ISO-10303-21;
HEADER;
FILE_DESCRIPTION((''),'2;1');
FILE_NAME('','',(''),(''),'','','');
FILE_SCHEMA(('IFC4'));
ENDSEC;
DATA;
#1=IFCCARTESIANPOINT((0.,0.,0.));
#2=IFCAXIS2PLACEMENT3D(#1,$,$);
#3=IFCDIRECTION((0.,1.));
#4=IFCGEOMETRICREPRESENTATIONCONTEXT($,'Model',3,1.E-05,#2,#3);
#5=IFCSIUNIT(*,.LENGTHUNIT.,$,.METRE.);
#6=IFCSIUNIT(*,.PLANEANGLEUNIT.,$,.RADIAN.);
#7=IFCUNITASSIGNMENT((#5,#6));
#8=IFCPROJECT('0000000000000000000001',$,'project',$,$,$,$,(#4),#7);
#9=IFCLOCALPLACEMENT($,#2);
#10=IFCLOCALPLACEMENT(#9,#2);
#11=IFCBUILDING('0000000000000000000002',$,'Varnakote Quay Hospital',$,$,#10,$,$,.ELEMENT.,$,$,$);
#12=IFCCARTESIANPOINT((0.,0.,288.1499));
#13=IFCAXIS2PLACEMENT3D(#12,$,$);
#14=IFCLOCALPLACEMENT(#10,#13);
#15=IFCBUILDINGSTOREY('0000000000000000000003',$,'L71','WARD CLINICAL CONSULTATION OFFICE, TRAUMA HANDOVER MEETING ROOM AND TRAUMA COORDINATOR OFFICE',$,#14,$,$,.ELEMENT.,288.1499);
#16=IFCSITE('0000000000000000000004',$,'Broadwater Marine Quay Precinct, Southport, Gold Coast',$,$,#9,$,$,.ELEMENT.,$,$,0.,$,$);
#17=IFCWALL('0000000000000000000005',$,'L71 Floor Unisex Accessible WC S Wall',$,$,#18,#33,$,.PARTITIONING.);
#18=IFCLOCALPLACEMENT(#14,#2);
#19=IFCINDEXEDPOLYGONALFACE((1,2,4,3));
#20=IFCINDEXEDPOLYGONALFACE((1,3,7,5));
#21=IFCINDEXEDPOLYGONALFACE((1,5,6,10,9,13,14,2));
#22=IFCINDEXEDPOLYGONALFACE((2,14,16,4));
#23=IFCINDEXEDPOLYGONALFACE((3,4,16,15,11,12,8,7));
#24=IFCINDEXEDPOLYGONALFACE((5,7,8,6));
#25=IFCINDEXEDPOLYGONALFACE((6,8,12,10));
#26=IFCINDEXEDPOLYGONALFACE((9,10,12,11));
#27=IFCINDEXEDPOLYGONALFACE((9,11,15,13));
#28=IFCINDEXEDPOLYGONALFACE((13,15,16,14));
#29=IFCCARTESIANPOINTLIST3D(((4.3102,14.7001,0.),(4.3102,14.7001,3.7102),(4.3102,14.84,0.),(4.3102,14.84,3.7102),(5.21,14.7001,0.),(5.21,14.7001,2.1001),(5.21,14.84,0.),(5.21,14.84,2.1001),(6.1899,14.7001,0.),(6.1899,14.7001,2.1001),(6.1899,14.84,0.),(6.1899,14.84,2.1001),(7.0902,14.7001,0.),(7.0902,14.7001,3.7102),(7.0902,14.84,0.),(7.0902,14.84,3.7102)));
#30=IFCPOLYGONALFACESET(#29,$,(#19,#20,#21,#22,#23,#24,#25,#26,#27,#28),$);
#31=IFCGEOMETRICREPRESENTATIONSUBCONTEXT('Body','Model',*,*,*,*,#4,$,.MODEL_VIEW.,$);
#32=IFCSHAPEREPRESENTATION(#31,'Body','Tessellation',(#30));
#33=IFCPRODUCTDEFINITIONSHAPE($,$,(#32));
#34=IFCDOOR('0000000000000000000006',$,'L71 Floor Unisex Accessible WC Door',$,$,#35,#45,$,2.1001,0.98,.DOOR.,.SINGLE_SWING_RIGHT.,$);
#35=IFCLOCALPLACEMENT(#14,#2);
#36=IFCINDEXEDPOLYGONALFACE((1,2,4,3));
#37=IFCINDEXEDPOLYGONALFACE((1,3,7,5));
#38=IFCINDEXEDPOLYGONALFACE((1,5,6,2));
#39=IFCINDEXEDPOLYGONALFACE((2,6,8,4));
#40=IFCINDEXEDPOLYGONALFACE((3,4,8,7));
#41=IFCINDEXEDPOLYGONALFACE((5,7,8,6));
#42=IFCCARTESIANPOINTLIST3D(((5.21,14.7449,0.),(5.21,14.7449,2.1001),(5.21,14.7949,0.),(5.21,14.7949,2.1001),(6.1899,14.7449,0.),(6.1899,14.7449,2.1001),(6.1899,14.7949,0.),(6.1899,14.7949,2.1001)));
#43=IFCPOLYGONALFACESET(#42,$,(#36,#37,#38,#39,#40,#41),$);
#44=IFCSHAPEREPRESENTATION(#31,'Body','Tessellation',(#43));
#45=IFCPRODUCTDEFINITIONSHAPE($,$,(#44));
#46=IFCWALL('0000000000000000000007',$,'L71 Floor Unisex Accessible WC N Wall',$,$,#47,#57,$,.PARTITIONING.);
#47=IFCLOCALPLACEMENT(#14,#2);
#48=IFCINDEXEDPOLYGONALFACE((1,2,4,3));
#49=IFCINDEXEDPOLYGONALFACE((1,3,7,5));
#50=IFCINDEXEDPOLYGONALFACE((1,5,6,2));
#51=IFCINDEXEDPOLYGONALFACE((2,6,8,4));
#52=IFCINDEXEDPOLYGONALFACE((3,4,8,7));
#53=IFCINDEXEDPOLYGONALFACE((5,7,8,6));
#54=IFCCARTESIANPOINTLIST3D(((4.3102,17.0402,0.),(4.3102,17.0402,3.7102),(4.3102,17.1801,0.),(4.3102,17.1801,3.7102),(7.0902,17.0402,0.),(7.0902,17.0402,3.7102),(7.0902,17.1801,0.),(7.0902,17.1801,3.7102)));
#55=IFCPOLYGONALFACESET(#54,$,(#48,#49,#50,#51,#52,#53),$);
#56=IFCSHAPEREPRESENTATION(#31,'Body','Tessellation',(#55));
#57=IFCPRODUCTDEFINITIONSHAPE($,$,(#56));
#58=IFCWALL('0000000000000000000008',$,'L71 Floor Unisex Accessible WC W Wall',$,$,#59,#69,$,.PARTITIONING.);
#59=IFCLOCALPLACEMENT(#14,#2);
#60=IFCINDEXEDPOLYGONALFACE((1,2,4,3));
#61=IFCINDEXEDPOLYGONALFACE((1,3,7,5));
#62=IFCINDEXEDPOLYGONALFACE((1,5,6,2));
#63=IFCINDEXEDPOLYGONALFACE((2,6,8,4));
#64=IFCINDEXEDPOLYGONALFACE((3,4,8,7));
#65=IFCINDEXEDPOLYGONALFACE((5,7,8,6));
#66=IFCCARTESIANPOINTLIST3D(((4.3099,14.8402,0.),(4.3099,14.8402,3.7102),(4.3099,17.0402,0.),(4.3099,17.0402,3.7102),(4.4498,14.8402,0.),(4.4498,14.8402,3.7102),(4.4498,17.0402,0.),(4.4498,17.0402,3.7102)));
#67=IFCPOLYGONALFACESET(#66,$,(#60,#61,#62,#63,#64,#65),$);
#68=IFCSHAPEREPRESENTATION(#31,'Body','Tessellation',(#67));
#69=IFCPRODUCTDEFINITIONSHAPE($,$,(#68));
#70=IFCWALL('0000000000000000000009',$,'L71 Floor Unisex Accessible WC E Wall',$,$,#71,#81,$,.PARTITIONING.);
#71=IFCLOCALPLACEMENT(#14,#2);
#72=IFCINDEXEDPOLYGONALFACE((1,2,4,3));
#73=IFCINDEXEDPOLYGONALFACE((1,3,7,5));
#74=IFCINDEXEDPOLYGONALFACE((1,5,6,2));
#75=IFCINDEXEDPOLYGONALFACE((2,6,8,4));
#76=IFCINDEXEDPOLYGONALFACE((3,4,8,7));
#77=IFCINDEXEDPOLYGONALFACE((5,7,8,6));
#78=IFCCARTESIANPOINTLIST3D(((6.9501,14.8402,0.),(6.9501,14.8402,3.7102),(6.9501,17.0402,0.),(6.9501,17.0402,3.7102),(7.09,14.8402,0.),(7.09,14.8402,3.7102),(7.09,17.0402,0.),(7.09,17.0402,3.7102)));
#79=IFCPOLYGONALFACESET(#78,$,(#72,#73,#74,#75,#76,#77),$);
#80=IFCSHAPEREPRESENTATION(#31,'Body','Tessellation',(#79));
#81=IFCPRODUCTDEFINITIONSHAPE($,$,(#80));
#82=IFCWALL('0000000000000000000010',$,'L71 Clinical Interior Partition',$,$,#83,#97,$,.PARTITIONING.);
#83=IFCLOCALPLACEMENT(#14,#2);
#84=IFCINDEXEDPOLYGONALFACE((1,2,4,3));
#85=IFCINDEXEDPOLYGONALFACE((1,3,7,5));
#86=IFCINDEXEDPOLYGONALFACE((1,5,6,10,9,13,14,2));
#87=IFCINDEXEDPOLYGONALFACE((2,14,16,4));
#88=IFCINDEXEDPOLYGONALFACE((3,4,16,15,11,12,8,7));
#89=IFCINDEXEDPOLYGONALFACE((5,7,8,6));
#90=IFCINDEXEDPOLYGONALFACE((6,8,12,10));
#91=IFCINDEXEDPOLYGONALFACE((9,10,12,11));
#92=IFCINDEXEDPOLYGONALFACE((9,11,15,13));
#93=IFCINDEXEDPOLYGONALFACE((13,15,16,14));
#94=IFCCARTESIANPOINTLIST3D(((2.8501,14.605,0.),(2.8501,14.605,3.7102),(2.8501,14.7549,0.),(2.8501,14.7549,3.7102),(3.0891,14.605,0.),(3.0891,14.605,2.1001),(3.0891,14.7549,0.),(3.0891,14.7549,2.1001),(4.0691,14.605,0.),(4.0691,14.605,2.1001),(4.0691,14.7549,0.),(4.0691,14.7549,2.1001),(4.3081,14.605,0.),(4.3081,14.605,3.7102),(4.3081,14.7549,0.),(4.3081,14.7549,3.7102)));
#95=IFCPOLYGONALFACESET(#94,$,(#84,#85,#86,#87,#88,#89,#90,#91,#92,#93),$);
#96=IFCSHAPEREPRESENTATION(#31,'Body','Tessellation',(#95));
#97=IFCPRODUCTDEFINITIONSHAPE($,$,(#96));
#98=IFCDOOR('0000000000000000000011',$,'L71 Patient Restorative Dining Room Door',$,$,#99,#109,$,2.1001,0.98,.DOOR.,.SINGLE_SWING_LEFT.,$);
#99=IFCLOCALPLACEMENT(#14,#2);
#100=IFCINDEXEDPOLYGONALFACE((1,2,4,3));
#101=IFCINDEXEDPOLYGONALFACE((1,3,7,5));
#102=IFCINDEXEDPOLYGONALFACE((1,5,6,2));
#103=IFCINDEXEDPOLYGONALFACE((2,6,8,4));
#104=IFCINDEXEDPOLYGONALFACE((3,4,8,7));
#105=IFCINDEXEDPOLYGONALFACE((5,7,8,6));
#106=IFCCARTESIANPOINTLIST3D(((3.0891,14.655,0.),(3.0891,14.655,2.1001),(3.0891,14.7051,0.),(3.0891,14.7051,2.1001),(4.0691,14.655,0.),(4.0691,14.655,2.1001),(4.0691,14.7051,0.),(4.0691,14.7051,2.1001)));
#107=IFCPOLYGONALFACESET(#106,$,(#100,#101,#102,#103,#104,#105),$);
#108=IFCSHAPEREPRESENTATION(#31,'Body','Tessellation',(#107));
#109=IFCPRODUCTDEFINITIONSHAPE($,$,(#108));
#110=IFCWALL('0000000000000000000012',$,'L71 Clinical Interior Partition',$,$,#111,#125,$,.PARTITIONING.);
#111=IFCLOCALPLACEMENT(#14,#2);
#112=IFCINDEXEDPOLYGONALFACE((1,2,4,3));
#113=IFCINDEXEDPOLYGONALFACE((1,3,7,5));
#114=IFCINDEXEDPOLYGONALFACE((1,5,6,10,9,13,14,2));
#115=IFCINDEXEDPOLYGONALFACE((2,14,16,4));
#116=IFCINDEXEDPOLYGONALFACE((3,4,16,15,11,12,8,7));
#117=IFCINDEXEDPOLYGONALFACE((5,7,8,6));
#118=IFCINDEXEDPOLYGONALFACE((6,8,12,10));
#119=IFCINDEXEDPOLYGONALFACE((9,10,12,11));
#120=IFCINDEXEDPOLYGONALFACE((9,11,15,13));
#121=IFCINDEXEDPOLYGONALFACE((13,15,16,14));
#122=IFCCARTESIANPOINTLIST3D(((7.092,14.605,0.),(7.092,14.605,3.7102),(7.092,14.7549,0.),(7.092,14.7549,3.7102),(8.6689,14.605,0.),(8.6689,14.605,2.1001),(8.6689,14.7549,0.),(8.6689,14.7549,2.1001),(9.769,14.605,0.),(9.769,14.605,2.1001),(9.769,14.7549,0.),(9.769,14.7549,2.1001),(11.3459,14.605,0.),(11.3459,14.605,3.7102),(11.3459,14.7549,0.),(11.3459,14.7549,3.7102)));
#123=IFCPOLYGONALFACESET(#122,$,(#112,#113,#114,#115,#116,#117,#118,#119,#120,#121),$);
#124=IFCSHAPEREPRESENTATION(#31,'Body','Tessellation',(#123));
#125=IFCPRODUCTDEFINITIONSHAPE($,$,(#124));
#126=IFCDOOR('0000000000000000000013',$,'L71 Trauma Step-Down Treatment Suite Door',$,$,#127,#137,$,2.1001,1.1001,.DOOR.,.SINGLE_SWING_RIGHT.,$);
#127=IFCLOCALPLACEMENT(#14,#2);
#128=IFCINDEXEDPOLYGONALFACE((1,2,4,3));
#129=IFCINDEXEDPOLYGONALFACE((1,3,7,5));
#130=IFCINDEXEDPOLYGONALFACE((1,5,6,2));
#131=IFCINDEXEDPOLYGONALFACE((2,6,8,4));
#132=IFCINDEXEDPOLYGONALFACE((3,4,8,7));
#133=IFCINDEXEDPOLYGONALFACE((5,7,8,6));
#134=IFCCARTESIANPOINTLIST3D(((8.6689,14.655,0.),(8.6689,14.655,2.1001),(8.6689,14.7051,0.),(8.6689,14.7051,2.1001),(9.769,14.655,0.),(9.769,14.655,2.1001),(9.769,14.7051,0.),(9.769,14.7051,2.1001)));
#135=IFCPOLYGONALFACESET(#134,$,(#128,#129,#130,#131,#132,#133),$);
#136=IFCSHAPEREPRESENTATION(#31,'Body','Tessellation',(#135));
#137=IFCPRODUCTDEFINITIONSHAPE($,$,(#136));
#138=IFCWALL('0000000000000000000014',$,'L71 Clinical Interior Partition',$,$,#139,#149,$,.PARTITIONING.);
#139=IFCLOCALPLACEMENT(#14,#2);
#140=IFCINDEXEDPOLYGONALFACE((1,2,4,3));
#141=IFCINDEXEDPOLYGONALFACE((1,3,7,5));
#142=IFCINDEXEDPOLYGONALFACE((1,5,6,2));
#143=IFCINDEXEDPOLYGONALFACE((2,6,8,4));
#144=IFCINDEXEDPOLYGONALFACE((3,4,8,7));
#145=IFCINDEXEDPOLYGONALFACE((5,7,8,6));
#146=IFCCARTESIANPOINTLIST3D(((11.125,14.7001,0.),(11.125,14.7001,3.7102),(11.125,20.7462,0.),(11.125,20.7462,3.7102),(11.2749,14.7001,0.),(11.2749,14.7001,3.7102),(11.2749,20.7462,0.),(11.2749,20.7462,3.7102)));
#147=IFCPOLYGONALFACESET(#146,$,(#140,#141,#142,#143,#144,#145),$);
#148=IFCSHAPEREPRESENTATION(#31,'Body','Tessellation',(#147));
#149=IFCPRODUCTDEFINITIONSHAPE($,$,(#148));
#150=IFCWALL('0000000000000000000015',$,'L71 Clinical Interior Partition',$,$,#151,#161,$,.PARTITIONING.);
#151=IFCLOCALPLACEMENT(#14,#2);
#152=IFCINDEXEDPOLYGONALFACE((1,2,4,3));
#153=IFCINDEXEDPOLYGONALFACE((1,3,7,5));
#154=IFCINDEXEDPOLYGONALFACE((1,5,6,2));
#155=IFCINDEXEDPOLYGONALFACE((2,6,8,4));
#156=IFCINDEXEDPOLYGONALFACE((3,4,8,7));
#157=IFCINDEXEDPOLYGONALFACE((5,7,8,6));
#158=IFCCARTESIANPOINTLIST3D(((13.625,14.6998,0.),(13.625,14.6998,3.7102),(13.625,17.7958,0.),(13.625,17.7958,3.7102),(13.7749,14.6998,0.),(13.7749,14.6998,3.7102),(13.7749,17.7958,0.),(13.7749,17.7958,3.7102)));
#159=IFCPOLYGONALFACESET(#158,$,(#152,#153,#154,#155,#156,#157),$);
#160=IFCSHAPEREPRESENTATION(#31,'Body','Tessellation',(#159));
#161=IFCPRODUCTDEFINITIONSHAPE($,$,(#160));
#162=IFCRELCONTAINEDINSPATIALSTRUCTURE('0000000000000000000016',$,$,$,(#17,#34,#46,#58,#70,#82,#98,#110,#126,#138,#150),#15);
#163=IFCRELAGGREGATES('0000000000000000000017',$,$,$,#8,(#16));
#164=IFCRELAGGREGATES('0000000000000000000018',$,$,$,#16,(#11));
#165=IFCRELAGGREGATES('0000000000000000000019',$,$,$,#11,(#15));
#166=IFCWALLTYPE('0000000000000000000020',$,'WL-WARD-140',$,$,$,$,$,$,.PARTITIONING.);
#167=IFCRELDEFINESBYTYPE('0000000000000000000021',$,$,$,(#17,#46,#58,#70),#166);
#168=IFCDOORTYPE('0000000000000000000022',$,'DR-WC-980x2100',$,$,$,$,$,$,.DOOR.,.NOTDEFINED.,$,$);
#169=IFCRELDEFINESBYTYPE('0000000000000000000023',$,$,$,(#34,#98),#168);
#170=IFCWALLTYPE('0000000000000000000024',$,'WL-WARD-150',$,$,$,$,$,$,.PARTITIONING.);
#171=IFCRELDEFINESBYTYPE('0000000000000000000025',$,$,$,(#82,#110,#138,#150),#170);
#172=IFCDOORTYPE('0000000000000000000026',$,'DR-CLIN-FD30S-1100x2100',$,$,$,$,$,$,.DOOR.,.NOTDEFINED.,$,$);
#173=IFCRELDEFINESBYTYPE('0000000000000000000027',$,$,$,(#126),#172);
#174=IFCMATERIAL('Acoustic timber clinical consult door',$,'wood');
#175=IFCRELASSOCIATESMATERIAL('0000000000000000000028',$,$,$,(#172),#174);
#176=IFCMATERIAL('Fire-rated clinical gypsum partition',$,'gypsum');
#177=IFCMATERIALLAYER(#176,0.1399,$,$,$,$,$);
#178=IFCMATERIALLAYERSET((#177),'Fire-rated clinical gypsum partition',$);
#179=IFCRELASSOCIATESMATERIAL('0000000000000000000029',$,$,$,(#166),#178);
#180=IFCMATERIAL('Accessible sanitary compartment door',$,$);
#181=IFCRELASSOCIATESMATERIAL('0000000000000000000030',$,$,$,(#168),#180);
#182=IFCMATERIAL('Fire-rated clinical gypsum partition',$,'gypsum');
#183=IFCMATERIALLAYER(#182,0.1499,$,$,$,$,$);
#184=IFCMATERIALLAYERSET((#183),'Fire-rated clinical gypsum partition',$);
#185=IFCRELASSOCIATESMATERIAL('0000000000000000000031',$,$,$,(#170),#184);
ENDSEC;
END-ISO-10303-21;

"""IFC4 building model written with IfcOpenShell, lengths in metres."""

from ifc_helpers import new_model, si_unit, direction, frame, frame_2d, origin, place, context, subcontext, project, spatial, rectangle, extrude, material, layer, layer_set, type_object, element, fill, save


model = new_model("IFC4")

# Units and contexts
model_context = context("Model", 3, precision=1e-05, world=origin(), true_north=direction((0.0, 1.0)))
body_context = subcontext(model_context, "Body", "Model", "MODEL_VIEW")
ifc_project = project(units=[si_unit("LENGTHUNIT", "METRE"), si_unit("PLANEANGLEUNIT", "RADIAN")], contexts=[model_context])

# Site, building, storey
site_placement = place(None, origin())
site = spatial("IfcSite", under=ifc_project, at=site_placement, Name="Broadwater Marine Quay Precinct, Southport, Gold Coast", CompositionType="ELEMENT", RefElevation=0.0)
building_placement = place(site_placement, origin())
building = spatial("IfcBuilding", under=site, at=building_placement, Name="Varnakote Quay Hospital", CompositionType="ELEMENT")
storey_placement = place(building_placement, frame((0.0, 0.0, 288.1499)))
storey = spatial("IfcBuildingStorey", under=building, at=storey_placement, Name="L71", Description="WARD CLINICAL CONSULTATION OFFICE, TRAUMA HANDOVER MEETING ROOM AND TRAUMA COORDINATOR OFFICE", CompositionType="ELEMENT", Elevation=288.1499)

# Shared definitions
ifc_material_1 = material(Name="Acoustic timber clinical consult door", Category="wood")
door_type_1 = type_object("IfcDoorType", Name="DR-CLIN-FD30S-1100x2100", OperationType="NOTDEFINED", PredefinedType="DOOR", material=ifc_material_1)

# Wall, opening, door
ifc_material_2 = material(Name="Fire-rated clinical gypsum partition", Category="gypsum")
ifc_layer_1 = layer(ifc_material_2, 0.1399)
ifc_layer_set_1 = layer_set([ifc_layer_1], Name="Fire-rated clinical gypsum partition")
wall_type_1 = type_object("IfcWallType", Name="WL-WARD-140", PredefinedType="PARTITIONING", material=ifc_layer_set_1)
wall_1_placement = place(storey_placement, frame((4.3101, 14.77, 0.0), z_axis=(0.0, 0.0, 1.0), x_axis=(1.0, 0.0, 0.0)))
wall_1 = element("IfcWall", 1, at=wall_1_placement, inside=storey, type_object=wall_type_1, Name="L71 Floor Unisex Accessible WC S Wall", PredefinedType="PARTITIONING", context=body_context, shape_type="SweptSolid", body=[
    extrude(rectangle(XDim=2.78, YDim=0.1399, at=frame_2d((1.3901, 0.0))), origin(), (0.0, 0.0, 1.0), 3.7102),
])
opening_1_placement = place(wall_1_placement, frame((0.8999, 0.0, 0.0)))
opening_1 = element("IfcOpeningElement", 2, at=opening_1_placement, cuts=wall_1, PredefinedType="OPENING", context=body_context, shape_type="SweptSolid", body=[
    extrude(rectangle(XDim=0.98, YDim=2.1001, at=frame_2d((0.49, 1.05))), frame((0.0, 0.0798, 0.0), z_axis=(0.0, -1.0, 0.0), x_axis=(1.0, 0.0, 0.0)), (0.0, 0.0, 1.0), 0.1599),
])
ifc_material_3 = material(Name="Accessible sanitary compartment door")
door_type_2 = type_object("IfcDoorType", Name="DR-WC-980x2100", OperationType="NOTDEFINED", PredefinedType="DOOR", material=ifc_material_3)
door_1_placement = place(opening_1_placement, origin())
door_1 = element("IfcDoor", 3, at=door_1_placement, inside=storey, type_object=door_type_2, Name="L71 Floor Unisex Accessible WC Door", OperationType="SINGLE_SWING_RIGHT", OverallHeight=2.1001, OverallWidth=0.98, PredefinedType="DOOR", context=body_context, shape_type="SweptSolid", body=[
    extrude(rectangle(XDim=0.98, YDim=2.1001, at=frame_2d((0.49, 1.05))), frame((0.0, 0.0249, 0.0), z_axis=(0.0, -1.0, 0.0), x_axis=(1.0, 0.0, 0.0)), (0.0, 0.0, 1.0), 0.05),
])
fill(opening_1, door_1)

# Walls
wall_2_placement = place(storey_placement, frame((4.3101, 17.1101, 0.0), z_axis=(0.0, 0.0, 1.0), x_axis=(1.0, 0.0, 0.0)))
element("IfcWall", 4, at=wall_2_placement, inside=storey, type_object=wall_type_1, Name="L71 Floor Unisex Accessible WC N Wall", PredefinedType="PARTITIONING", context=body_context, shape_type="SweptSolid", body=[
    extrude(rectangle(XDim=2.78, YDim=0.1399, at=frame_2d((1.3901, 0.0))), origin(), (0.0, 0.0, 1.0), 3.7102),
])
for number, where, z_axis, x_axis, name in (
    (5, (4.3799, 14.8401, 0.0), (0.0, 0.0, 1.0), (0.0, 1.0, 0.0), "L71 Floor Unisex Accessible WC W Wall"),
    (6, (7.02, 14.8401, 0.0), (0.0, 0.0, 1.0), (0.0, 1.0, 0.0), "L71 Floor Unisex Accessible WC E Wall"),
):
    element("IfcWall", number, at=place(storey_placement, frame(where, z_axis=z_axis, x_axis=x_axis)), inside=storey, type_object=wall_type_1, Name=name, PredefinedType="PARTITIONING", context=body_context, shape_type="SweptSolid", body=[
        extrude(rectangle(XDim=2.2, YDim=0.1399, at=frame_2d((1.1001, 0.0))), origin(), (0.0, 0.0, 1.0), 3.7102),
    ])

# Walls, openings, doors
ifc_material_4 = material(Name="Fire-rated clinical gypsum partition", Category="gypsum")
ifc_layer_2 = layer(ifc_material_4, 0.1499)
ifc_layer_set_2 = layer_set([ifc_layer_2], Name="Fire-rated clinical gypsum partition")
wall_type_2 = type_object("IfcWallType", Name="WL-WARD-150", PredefinedType="PARTITIONING", material=ifc_layer_set_2)
wall_3_placement = place(storey_placement, frame((4.3081, 14.6799, 0.0), z_axis=(0.0, 0.0, 1.0), x_axis=(-1.0, 0.0, 0.0)))
wall_3 = element("IfcWall", 7, at=wall_3_placement, inside=storey, type_object=wall_type_2, Name="L71 Clinical Interior Partition", PredefinedType="PARTITIONING", context=body_context, shape_type="SweptSolid", body=[
    extrude(rectangle(XDim=1.458, YDim=0.1499, at=frame_2d((0.729, 0.0))), origin(), (0.0, 0.0, 1.0), 3.7102),
])
opening_2_placement = place(wall_3_placement, frame((0.239, 0.0, 0.0)))
opening_2 = element("IfcOpeningElement", 8, at=opening_2_placement, cuts=wall_3, PredefinedType="OPENING", context=body_context, shape_type="SweptSolid", body=[
    extrude(rectangle(XDim=0.98, YDim=2.1001, at=frame_2d((0.49, 1.05))), frame((0.0, 0.085, 0.0), z_axis=(0.0, -1.0, 0.0), x_axis=(1.0, 0.0, 0.0)), (0.0, 0.0, 1.0), 0.1699),
])
door_2_placement = place(opening_2_placement, origin())
door_2 = element("IfcDoor", 9, at=door_2_placement, inside=storey, type_object=door_type_2, Name="L71 Patient Restorative Dining Room Door", OperationType="SINGLE_SWING_LEFT", OverallHeight=2.1001, OverallWidth=0.98, PredefinedType="DOOR", context=body_context, shape_type="SweptSolid", body=[
    extrude(rectangle(XDim=0.98, YDim=2.1001, at=frame_2d((0.49, 1.05))), frame((0.0, 0.0249, 0.0), z_axis=(0.0, -1.0, 0.0), x_axis=(1.0, 0.0, 0.0)), (0.0, 0.0, 1.0), 0.05),
])
fill(opening_2, door_2)
wall_4_placement = place(storey_placement, frame((11.3459, 14.6799, 0.0), z_axis=(0.0, 0.0, 1.0), x_axis=(-1.0, 0.0, 0.0)))
wall_4 = element("IfcWall", 10, at=wall_4_placement, inside=storey, type_object=wall_type_2, Name="L71 Clinical Interior Partition", PredefinedType="PARTITIONING", context=body_context, shape_type="SweptSolid", body=[
    extrude(rectangle(XDim=4.2539, YDim=0.1499, at=frame_2d((2.127, 0.0))), origin(), (0.0, 0.0, 1.0), 3.7102),
])
opening_3_placement = place(wall_4_placement, frame((1.5769, 0.0, 0.0)))
opening_3 = element("IfcOpeningElement", 11, at=opening_3_placement, cuts=wall_4, PredefinedType="OPENING", context=body_context, shape_type="SweptSolid", body=[
    extrude(rectangle(XDim=1.1001, YDim=2.1001, at=frame_2d((0.55, 1.05))), frame((0.0, 0.085, 0.0), z_axis=(0.0, -1.0, 0.0), x_axis=(1.0, 0.0, 0.0)), (0.0, 0.0, 1.0), 0.1699),
])
door_3_placement = place(opening_3_placement, origin())
door_3 = element("IfcDoor", 12, at=door_3_placement, inside=storey, type_object=door_type_1, Name="L71 Trauma Step-Down Treatment Suite Door", OperationType="SINGLE_SWING_RIGHT", OverallHeight=2.1001, OverallWidth=1.1001, PredefinedType="DOOR", context=body_context, shape_type="SweptSolid", body=[
    extrude(rectangle(XDim=1.1001, YDim=2.1001, at=frame_2d((0.55, 1.05))), frame((0.0, 0.0249, 0.0), z_axis=(0.0, -1.0, 0.0), x_axis=(1.0, 0.0, 0.0)), (0.0, 0.0, 1.0), 0.05),
])
fill(opening_3, door_3)

# Walls
wall_5_placement = place(storey_placement, frame((11.2, 20.7461, 0.0), z_axis=(0.0, 0.0, 1.0), x_axis=(0.0, -1.0, 0.0)))
element("IfcWall", 13, at=wall_5_placement, inside=storey, type_object=wall_type_2, Name="L71 Clinical Interior Partition", PredefinedType="PARTITIONING", context=body_context, shape_type="SweptSolid", body=[
    extrude(rectangle(XDim=6.0461, YDim=0.1499, at=frame_2d((3.0229, 0.0))), origin(), (0.0, 0.0, 1.0), 3.7102),
])
wall_6_placement = place(storey_placement, frame((13.7, 14.7, 0.0), z_axis=(0.0, 0.0, 1.0), x_axis=(0.0, 1.0, 0.0)))
element("IfcWall", 14, at=wall_6_placement, inside=storey, type_object=wall_type_2, Name="L71 Clinical Interior Partition", PredefinedType="PARTITIONING", context=body_context, shape_type="SweptSolid", body=[
    extrude(rectangle(XDim=3.0959, YDim=0.1499, at=frame_2d((1.5479, 0.0))), origin(), (0.0, 0.0, 1.0), 3.7102),
])

save(model, "model.ifc")
